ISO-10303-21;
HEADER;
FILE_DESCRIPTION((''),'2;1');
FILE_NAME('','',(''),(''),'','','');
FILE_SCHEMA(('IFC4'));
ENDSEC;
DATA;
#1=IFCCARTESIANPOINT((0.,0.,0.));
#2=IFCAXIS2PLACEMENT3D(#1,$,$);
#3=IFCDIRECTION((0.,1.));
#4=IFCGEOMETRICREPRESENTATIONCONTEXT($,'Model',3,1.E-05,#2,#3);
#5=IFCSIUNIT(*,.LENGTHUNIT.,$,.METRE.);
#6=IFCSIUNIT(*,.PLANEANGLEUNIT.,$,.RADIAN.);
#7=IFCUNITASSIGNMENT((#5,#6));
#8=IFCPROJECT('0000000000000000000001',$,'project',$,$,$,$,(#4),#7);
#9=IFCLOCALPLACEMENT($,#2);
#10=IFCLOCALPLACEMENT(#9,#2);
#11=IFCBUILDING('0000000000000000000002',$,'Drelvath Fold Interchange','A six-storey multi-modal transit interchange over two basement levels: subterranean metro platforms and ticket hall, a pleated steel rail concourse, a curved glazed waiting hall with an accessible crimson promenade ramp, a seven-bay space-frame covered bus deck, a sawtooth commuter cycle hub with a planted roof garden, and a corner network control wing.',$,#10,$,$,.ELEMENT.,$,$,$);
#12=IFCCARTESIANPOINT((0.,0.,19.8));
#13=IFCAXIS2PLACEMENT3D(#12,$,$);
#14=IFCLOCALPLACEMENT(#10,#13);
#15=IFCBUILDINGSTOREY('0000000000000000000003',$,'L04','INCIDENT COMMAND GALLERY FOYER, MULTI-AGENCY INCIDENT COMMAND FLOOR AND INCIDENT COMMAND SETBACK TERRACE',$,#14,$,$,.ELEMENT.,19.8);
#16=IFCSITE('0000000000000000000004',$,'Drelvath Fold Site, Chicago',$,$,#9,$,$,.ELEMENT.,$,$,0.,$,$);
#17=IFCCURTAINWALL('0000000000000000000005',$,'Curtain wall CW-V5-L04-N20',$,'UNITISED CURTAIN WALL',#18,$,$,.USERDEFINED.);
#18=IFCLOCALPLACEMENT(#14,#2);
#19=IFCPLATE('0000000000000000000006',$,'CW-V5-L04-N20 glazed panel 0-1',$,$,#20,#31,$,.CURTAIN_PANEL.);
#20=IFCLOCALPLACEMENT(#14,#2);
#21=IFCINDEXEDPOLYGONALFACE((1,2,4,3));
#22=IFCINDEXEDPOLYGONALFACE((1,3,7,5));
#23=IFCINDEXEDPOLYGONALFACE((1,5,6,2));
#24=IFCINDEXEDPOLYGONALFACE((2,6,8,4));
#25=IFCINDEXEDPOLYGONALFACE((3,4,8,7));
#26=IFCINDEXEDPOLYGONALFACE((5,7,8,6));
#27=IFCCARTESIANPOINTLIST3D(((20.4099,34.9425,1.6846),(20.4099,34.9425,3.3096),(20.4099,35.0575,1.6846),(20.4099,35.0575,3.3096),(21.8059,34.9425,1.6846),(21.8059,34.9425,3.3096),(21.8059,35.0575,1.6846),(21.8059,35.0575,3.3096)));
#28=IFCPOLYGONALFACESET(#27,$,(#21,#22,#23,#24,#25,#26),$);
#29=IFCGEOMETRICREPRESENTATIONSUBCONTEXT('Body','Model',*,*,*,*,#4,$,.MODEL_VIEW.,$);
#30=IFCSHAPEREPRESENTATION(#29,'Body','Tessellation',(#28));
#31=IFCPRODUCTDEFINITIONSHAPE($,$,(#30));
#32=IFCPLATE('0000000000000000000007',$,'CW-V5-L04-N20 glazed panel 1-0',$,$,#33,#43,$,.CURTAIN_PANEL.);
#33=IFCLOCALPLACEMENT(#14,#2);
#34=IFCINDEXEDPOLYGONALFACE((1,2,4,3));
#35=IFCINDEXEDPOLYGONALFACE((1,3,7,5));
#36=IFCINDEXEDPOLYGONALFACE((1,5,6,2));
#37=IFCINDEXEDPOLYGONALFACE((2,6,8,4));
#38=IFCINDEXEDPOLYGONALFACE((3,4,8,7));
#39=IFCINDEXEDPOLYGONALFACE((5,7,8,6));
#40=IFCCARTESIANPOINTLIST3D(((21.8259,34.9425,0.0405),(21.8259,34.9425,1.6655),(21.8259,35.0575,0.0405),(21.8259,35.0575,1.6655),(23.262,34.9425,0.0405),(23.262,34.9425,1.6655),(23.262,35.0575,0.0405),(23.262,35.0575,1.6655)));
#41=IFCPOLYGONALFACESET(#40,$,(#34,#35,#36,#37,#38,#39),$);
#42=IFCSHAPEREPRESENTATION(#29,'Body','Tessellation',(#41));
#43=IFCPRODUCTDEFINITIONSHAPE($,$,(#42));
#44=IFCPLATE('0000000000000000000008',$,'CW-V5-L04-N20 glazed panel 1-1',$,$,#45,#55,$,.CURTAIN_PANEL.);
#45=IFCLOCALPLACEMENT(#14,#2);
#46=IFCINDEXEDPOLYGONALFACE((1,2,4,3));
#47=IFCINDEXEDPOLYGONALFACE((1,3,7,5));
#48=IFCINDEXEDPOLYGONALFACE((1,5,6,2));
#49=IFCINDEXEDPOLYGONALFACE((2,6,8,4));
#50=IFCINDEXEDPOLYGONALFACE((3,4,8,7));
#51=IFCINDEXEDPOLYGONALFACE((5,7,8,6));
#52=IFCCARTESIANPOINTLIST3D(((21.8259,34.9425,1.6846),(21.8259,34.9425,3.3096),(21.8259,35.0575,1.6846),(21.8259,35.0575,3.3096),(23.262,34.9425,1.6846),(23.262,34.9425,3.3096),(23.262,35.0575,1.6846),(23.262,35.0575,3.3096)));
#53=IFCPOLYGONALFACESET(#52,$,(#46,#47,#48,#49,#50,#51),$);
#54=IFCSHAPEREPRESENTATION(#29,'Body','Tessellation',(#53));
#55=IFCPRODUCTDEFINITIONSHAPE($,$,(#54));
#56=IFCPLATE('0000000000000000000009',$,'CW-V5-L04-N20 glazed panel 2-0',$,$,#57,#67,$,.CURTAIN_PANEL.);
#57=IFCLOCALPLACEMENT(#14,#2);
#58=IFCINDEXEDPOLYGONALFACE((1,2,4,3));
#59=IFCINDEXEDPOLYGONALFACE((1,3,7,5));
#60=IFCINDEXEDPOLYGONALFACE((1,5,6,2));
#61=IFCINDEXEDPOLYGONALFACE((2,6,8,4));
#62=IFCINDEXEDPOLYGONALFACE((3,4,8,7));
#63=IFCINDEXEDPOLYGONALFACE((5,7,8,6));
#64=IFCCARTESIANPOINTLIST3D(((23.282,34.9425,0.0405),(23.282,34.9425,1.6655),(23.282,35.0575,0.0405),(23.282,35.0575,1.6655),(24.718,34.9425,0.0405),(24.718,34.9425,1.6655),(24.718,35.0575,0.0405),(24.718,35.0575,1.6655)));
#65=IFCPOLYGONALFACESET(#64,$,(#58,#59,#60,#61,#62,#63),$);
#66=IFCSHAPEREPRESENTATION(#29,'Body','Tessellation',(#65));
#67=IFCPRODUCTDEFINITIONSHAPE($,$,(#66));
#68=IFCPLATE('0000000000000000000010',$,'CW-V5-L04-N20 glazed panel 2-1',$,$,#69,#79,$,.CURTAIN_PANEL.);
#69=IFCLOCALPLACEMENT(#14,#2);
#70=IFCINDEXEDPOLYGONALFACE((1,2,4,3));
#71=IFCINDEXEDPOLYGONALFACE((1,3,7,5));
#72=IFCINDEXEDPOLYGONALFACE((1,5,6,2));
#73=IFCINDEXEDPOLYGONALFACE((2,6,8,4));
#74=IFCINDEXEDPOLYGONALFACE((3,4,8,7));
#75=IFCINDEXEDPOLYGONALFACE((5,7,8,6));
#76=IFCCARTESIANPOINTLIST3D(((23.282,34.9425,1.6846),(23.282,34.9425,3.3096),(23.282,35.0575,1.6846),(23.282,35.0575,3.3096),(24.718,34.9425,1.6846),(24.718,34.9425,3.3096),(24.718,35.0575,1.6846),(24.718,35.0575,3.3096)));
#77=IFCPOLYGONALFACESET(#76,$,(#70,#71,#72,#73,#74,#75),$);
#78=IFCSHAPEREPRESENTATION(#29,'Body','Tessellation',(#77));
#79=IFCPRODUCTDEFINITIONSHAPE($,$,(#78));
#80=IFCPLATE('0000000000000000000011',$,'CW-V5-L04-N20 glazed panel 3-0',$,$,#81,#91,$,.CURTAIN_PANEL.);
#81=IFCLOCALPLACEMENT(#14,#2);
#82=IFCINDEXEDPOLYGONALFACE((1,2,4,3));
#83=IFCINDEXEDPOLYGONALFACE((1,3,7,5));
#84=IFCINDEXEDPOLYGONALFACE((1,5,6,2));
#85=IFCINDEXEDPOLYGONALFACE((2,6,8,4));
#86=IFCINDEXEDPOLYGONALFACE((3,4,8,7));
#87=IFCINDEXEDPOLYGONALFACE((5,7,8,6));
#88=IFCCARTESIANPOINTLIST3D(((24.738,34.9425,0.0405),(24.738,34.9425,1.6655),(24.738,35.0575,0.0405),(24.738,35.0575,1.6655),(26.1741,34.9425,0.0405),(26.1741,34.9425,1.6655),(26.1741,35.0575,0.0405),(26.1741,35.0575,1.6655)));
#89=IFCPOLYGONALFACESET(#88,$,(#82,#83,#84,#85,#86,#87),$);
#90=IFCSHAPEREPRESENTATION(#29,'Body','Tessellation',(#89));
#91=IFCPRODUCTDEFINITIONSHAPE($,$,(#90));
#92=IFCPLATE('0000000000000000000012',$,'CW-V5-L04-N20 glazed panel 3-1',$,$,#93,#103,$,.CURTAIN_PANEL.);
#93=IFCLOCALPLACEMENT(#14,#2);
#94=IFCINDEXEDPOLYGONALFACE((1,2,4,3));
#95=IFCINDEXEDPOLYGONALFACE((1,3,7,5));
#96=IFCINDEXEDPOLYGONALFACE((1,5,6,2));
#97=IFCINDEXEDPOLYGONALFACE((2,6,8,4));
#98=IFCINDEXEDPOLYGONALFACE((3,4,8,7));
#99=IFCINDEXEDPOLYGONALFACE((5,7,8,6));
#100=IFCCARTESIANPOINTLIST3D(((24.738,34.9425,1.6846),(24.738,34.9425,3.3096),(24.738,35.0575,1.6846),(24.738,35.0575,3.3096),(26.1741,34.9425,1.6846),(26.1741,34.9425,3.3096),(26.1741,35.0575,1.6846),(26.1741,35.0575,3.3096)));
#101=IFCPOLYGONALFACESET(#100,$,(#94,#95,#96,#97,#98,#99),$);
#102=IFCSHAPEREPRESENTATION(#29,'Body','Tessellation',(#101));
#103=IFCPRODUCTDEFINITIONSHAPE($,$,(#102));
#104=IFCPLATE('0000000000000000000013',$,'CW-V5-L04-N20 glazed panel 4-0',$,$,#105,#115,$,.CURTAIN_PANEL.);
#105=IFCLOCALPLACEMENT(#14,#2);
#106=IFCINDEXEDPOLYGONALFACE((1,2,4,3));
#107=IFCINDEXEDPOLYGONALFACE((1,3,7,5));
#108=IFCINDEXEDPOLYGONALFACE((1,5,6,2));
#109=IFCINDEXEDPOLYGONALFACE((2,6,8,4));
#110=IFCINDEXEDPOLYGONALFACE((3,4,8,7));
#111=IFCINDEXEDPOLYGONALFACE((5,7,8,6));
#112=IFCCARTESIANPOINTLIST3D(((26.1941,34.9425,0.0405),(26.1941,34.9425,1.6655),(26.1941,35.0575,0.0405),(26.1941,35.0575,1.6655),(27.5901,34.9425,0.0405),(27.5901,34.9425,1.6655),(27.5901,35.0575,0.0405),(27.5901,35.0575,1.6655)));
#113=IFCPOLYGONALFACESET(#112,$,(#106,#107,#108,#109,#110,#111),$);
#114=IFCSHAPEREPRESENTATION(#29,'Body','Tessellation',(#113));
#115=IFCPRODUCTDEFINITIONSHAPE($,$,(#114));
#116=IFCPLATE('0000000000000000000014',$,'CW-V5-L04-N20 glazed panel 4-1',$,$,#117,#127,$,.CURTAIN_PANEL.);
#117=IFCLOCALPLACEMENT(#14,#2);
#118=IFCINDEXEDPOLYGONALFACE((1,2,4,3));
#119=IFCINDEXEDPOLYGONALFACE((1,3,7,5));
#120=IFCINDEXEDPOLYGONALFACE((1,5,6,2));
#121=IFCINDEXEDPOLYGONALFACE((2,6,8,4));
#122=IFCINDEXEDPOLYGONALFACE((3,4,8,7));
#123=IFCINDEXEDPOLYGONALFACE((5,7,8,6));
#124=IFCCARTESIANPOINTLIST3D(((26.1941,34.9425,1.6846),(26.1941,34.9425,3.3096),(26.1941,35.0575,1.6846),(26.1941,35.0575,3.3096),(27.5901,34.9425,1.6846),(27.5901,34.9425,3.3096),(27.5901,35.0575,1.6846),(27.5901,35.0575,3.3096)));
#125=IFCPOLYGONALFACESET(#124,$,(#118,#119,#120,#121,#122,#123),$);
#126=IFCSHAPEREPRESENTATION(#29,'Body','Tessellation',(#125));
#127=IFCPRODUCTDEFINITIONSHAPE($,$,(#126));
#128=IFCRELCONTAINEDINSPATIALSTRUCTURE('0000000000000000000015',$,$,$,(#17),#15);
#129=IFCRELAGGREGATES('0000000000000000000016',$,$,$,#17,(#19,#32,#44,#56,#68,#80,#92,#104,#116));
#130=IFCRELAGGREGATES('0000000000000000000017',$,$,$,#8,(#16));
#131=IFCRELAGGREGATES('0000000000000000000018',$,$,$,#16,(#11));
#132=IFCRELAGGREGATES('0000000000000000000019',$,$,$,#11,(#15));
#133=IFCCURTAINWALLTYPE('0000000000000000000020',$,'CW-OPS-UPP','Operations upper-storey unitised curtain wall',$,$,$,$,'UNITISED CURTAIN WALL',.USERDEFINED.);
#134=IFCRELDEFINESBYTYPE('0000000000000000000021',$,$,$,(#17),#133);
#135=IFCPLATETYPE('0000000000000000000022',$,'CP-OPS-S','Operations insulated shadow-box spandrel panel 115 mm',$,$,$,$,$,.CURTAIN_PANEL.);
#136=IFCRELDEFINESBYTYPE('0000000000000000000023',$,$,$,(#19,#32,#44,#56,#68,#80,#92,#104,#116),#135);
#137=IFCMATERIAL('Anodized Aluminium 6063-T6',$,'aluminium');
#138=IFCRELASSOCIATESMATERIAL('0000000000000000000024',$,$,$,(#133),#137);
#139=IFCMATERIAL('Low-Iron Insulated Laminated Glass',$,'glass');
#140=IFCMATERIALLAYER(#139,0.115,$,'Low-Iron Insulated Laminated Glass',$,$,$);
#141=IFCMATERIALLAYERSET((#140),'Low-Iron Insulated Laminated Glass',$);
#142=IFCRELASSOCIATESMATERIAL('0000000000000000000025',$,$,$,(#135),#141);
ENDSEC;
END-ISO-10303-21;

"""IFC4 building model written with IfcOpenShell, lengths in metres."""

from ifc_helpers import new_model, si_unit, direction, frame, origin, origin_2d, place, context, subcontext, project, spatial, rectangle, extrude, material, layer, layer_set, type_object, element, aggregate, save


model = new_model("IFC4")

# Units and contexts
model_context = context("Model", 3, precision=1e-05, world=origin(), true_north=direction((0.0, 1.0)))
body_context = subcontext(model_context, "Body", "Model", "MODEL_VIEW")
ifc_project = project(units=[si_unit("LENGTHUNIT", "METRE"), si_unit("PLANEANGLEUNIT", "RADIAN")], contexts=[model_context])

# Site, building, storey
site_placement = place(None, origin())
site = spatial("IfcSite", under=ifc_project, at=site_placement, Name="Drelvath Fold Site, Chicago", CompositionType="ELEMENT", RefElevation=0.0)
building_placement = place(site_placement, origin())
building = spatial("IfcBuilding", under=site, at=building_placement, Name="Drelvath Fold Interchange", Description="A six-storey multi-modal transit interchange over two basement levels: subterranean metro platforms and ticket hall, a pleated steel rail concourse, a curved glazed waiting hall with an accessible crimson promenade ramp, a seven-bay space-frame covered bus deck, a sawtooth commuter cycle hub with a planted roof garden, and a corner network control wing.", CompositionType="ELEMENT")
storey_placement = place(building_placement, frame((0.0, 0.0, 19.8)))
storey = spatial("IfcBuildingStorey", under=building, at=storey_placement, Name="L04", Description="INCIDENT COMMAND GALLERY FOYER, MULTI-AGENCY INCIDENT COMMAND FLOOR AND INCIDENT COMMAND SETBACK TERRACE", CompositionType="ELEMENT", Elevation=19.8)

# Curtain wall
ifc_material_1 = material(Name="Anodized Aluminium 6063-T6", Category="aluminium")
curtain_wall_type = type_object("IfcCurtainWallType", Name="CW-OPS-UPP", Description="Operations upper-storey unitised curtain wall", ElementType="UNITISED CURTAIN WALL", PredefinedType="USERDEFINED", material=ifc_material_1)
curtain_wall_1_placement = place(storey_placement, origin())
curtain_wall_1 = element("IfcCurtainWall", 1, at=curtain_wall_1_placement, inside=storey, type_object=curtain_wall_type, Name="Curtain wall CW-V5-L04-N20", ObjectType="UNITISED CURTAIN WALL", PredefinedType="USERDEFINED")

# Plates
ifc_material_2 = material(Name="Low-Iron Insulated Laminated Glass", Category="glass")
ifc_layer = layer(ifc_material_2, 0.115, Name="Low-Iron Insulated Laminated Glass")
ifc_layer_set = layer_set([ifc_layer], Name="Low-Iron Insulated Laminated Glass")
plate_type = type_object("IfcPlateType", Name="CP-OPS-S", Description="Operations insulated shadow-box spandrel panel 115 mm", PredefinedType="CURTAIN_PANEL", material=ifc_layer_set)
plate_1_placement = place(storey_placement, frame((21.1079, 35.0, 1.6846), z_axis=(0.0, 0.0, 1.0), x_axis=(1.0, 0.0, 0.0)))
plate_1 = element("IfcPlate", 2, at=plate_1_placement, type_object=plate_type, Name="CW-V5-L04-N20 glazed panel 0-1", PredefinedType="CURTAIN_PANEL", context=body_context, shape_type="SweptSolid", body=[
    extrude(rectangle(XDim=1.396, YDim=0.115, at=origin_2d()), origin(), (0.0, 0.0, 1.0), 1.625),
])
plate_2_placement = place(storey_placement, frame((22.5439, 35.0, 0.0405), z_axis=(0.0, 0.0, 1.0), x_axis=(1.0, 0.0, 0.0)))
plate_2 = element("IfcPlate", 3, at=plate_2_placement, type_object=plate_type, Name="CW-V5-L04-N20 glazed panel 1-0", PredefinedType="CURTAIN_PANEL", context=body_context, shape_type="SweptSolid", body=[
    extrude(rectangle(XDim=1.436, YDim=0.115, at=origin_2d()), origin(), (0.0, 0.0, 1.0), 1.625),
])
plate_3_placement = place(storey_placement, frame((22.5439, 35.0, 1.6846), z_axis=(0.0, 0.0, 1.0), x_axis=(1.0, 0.0, 0.0)))
plate_3 = element("IfcPlate", 4, at=plate_3_placement, type_object=plate_type, Name="CW-V5-L04-N20 glazed panel 1-1", PredefinedType="CURTAIN_PANEL", context=body_context, shape_type="SweptSolid", body=[
    extrude(rectangle(XDim=1.436, YDim=0.115, at=origin_2d()), origin(), (0.0, 0.0, 1.0), 1.625),
])
plate_4_placement = place(storey_placement, frame((24.0, 35.0, 0.0405), z_axis=(0.0, 0.0, 1.0), x_axis=(1.0, 0.0, 0.0)))
plate_4 = element("IfcPlate", 5, at=plate_4_placement, type_object=plate_type, Name="CW-V5-L04-N20 glazed panel 2-0", PredefinedType="CURTAIN_PANEL", context=body_context, shape_type="SweptSolid", body=[
    extrude(rectangle(XDim=1.436, YDim=0.115, at=origin_2d()), origin(), (0.0, 0.0, 1.0), 1.625),
])
plate_5_placement = place(storey_placement, frame((24.0, 35.0, 1.6846), z_axis=(0.0, 0.0, 1.0), x_axis=(1.0, 0.0, 0.0)))
plate_5 = element("IfcPlate", 6, at=plate_5_placement, type_object=plate_type, Name="CW-V5-L04-N20 glazed panel 2-1", PredefinedType="CURTAIN_PANEL", context=body_context, shape_type="SweptSolid", body=[
    extrude(rectangle(XDim=1.436, YDim=0.115, at=origin_2d()), origin(), (0.0, 0.0, 1.0), 1.625),
])
plate_6_placement = place(storey_placement, frame((25.4561, 35.0, 0.0405), z_axis=(0.0, 0.0, 1.0), x_axis=(1.0, 0.0, 0.0)))
plate_6 = element("IfcPlate", 7, at=plate_6_placement, type_object=plate_type, Name="CW-V5-L04-N20 glazed panel 3-0", PredefinedType="CURTAIN_PANEL", context=body_context, shape_type="SweptSolid", body=[
    extrude(rectangle(XDim=1.436, YDim=0.115, at=origin_2d()), origin(), (0.0, 0.0, 1.0), 1.625),
])
plate_7_placement = place(storey_placement, frame((25.4561, 35.0, 1.6846), z_axis=(0.0, 0.0, 1.0), x_axis=(1.0, 0.0, 0.0)))
plate_7 = element("IfcPlate", 8, at=plate_7_placement, type_object=plate_type, Name="CW-V5-L04-N20 glazed panel 3-1", PredefinedType="CURTAIN_PANEL", context=body_context, shape_type="SweptSolid", body=[
    extrude(rectangle(XDim=1.436, YDim=0.115, at=origin_2d()), origin(), (0.0, 0.0, 1.0), 1.625),
])
plate_8_placement = place(storey_placement, frame((26.8921, 35.0, 0.0405), z_axis=(0.0, 0.0, 1.0), x_axis=(1.0, 0.0, 0.0)))
plate_8 = element("IfcPlate", 9, at=plate_8_placement, type_object=plate_type, Name="CW-V5-L04-N20 glazed panel 4-0", PredefinedType="CURTAIN_PANEL", context=body_context, shape_type="SweptSolid", body=[
    extrude(rectangle(XDim=1.396, YDim=0.115, at=origin_2d()), origin(), (0.0, 0.0, 1.0), 1.625),
])
plate_9_placement = place(storey_placement, frame((26.8921, 35.0, 1.6846), z_axis=(0.0, 0.0, 1.0), x_axis=(1.0, 0.0, 0.0)))
plate_9 = element("IfcPlate", 10, at=plate_9_placement, type_object=plate_type, Name="CW-V5-L04-N20 glazed panel 4-1", PredefinedType="CURTAIN_PANEL", context=body_context, shape_type="SweptSolid", body=[
    extrude(rectangle(XDim=1.396, YDim=0.115, at=origin_2d()), origin(), (0.0, 0.0, 1.0), 1.625),
])
aggregate(curtain_wall_1, [plate_1, plate_2, plate_3, plate_4, plate_5, plate_6, plate_7, plate_8, plate_9])

save(model, "model.ifc")
